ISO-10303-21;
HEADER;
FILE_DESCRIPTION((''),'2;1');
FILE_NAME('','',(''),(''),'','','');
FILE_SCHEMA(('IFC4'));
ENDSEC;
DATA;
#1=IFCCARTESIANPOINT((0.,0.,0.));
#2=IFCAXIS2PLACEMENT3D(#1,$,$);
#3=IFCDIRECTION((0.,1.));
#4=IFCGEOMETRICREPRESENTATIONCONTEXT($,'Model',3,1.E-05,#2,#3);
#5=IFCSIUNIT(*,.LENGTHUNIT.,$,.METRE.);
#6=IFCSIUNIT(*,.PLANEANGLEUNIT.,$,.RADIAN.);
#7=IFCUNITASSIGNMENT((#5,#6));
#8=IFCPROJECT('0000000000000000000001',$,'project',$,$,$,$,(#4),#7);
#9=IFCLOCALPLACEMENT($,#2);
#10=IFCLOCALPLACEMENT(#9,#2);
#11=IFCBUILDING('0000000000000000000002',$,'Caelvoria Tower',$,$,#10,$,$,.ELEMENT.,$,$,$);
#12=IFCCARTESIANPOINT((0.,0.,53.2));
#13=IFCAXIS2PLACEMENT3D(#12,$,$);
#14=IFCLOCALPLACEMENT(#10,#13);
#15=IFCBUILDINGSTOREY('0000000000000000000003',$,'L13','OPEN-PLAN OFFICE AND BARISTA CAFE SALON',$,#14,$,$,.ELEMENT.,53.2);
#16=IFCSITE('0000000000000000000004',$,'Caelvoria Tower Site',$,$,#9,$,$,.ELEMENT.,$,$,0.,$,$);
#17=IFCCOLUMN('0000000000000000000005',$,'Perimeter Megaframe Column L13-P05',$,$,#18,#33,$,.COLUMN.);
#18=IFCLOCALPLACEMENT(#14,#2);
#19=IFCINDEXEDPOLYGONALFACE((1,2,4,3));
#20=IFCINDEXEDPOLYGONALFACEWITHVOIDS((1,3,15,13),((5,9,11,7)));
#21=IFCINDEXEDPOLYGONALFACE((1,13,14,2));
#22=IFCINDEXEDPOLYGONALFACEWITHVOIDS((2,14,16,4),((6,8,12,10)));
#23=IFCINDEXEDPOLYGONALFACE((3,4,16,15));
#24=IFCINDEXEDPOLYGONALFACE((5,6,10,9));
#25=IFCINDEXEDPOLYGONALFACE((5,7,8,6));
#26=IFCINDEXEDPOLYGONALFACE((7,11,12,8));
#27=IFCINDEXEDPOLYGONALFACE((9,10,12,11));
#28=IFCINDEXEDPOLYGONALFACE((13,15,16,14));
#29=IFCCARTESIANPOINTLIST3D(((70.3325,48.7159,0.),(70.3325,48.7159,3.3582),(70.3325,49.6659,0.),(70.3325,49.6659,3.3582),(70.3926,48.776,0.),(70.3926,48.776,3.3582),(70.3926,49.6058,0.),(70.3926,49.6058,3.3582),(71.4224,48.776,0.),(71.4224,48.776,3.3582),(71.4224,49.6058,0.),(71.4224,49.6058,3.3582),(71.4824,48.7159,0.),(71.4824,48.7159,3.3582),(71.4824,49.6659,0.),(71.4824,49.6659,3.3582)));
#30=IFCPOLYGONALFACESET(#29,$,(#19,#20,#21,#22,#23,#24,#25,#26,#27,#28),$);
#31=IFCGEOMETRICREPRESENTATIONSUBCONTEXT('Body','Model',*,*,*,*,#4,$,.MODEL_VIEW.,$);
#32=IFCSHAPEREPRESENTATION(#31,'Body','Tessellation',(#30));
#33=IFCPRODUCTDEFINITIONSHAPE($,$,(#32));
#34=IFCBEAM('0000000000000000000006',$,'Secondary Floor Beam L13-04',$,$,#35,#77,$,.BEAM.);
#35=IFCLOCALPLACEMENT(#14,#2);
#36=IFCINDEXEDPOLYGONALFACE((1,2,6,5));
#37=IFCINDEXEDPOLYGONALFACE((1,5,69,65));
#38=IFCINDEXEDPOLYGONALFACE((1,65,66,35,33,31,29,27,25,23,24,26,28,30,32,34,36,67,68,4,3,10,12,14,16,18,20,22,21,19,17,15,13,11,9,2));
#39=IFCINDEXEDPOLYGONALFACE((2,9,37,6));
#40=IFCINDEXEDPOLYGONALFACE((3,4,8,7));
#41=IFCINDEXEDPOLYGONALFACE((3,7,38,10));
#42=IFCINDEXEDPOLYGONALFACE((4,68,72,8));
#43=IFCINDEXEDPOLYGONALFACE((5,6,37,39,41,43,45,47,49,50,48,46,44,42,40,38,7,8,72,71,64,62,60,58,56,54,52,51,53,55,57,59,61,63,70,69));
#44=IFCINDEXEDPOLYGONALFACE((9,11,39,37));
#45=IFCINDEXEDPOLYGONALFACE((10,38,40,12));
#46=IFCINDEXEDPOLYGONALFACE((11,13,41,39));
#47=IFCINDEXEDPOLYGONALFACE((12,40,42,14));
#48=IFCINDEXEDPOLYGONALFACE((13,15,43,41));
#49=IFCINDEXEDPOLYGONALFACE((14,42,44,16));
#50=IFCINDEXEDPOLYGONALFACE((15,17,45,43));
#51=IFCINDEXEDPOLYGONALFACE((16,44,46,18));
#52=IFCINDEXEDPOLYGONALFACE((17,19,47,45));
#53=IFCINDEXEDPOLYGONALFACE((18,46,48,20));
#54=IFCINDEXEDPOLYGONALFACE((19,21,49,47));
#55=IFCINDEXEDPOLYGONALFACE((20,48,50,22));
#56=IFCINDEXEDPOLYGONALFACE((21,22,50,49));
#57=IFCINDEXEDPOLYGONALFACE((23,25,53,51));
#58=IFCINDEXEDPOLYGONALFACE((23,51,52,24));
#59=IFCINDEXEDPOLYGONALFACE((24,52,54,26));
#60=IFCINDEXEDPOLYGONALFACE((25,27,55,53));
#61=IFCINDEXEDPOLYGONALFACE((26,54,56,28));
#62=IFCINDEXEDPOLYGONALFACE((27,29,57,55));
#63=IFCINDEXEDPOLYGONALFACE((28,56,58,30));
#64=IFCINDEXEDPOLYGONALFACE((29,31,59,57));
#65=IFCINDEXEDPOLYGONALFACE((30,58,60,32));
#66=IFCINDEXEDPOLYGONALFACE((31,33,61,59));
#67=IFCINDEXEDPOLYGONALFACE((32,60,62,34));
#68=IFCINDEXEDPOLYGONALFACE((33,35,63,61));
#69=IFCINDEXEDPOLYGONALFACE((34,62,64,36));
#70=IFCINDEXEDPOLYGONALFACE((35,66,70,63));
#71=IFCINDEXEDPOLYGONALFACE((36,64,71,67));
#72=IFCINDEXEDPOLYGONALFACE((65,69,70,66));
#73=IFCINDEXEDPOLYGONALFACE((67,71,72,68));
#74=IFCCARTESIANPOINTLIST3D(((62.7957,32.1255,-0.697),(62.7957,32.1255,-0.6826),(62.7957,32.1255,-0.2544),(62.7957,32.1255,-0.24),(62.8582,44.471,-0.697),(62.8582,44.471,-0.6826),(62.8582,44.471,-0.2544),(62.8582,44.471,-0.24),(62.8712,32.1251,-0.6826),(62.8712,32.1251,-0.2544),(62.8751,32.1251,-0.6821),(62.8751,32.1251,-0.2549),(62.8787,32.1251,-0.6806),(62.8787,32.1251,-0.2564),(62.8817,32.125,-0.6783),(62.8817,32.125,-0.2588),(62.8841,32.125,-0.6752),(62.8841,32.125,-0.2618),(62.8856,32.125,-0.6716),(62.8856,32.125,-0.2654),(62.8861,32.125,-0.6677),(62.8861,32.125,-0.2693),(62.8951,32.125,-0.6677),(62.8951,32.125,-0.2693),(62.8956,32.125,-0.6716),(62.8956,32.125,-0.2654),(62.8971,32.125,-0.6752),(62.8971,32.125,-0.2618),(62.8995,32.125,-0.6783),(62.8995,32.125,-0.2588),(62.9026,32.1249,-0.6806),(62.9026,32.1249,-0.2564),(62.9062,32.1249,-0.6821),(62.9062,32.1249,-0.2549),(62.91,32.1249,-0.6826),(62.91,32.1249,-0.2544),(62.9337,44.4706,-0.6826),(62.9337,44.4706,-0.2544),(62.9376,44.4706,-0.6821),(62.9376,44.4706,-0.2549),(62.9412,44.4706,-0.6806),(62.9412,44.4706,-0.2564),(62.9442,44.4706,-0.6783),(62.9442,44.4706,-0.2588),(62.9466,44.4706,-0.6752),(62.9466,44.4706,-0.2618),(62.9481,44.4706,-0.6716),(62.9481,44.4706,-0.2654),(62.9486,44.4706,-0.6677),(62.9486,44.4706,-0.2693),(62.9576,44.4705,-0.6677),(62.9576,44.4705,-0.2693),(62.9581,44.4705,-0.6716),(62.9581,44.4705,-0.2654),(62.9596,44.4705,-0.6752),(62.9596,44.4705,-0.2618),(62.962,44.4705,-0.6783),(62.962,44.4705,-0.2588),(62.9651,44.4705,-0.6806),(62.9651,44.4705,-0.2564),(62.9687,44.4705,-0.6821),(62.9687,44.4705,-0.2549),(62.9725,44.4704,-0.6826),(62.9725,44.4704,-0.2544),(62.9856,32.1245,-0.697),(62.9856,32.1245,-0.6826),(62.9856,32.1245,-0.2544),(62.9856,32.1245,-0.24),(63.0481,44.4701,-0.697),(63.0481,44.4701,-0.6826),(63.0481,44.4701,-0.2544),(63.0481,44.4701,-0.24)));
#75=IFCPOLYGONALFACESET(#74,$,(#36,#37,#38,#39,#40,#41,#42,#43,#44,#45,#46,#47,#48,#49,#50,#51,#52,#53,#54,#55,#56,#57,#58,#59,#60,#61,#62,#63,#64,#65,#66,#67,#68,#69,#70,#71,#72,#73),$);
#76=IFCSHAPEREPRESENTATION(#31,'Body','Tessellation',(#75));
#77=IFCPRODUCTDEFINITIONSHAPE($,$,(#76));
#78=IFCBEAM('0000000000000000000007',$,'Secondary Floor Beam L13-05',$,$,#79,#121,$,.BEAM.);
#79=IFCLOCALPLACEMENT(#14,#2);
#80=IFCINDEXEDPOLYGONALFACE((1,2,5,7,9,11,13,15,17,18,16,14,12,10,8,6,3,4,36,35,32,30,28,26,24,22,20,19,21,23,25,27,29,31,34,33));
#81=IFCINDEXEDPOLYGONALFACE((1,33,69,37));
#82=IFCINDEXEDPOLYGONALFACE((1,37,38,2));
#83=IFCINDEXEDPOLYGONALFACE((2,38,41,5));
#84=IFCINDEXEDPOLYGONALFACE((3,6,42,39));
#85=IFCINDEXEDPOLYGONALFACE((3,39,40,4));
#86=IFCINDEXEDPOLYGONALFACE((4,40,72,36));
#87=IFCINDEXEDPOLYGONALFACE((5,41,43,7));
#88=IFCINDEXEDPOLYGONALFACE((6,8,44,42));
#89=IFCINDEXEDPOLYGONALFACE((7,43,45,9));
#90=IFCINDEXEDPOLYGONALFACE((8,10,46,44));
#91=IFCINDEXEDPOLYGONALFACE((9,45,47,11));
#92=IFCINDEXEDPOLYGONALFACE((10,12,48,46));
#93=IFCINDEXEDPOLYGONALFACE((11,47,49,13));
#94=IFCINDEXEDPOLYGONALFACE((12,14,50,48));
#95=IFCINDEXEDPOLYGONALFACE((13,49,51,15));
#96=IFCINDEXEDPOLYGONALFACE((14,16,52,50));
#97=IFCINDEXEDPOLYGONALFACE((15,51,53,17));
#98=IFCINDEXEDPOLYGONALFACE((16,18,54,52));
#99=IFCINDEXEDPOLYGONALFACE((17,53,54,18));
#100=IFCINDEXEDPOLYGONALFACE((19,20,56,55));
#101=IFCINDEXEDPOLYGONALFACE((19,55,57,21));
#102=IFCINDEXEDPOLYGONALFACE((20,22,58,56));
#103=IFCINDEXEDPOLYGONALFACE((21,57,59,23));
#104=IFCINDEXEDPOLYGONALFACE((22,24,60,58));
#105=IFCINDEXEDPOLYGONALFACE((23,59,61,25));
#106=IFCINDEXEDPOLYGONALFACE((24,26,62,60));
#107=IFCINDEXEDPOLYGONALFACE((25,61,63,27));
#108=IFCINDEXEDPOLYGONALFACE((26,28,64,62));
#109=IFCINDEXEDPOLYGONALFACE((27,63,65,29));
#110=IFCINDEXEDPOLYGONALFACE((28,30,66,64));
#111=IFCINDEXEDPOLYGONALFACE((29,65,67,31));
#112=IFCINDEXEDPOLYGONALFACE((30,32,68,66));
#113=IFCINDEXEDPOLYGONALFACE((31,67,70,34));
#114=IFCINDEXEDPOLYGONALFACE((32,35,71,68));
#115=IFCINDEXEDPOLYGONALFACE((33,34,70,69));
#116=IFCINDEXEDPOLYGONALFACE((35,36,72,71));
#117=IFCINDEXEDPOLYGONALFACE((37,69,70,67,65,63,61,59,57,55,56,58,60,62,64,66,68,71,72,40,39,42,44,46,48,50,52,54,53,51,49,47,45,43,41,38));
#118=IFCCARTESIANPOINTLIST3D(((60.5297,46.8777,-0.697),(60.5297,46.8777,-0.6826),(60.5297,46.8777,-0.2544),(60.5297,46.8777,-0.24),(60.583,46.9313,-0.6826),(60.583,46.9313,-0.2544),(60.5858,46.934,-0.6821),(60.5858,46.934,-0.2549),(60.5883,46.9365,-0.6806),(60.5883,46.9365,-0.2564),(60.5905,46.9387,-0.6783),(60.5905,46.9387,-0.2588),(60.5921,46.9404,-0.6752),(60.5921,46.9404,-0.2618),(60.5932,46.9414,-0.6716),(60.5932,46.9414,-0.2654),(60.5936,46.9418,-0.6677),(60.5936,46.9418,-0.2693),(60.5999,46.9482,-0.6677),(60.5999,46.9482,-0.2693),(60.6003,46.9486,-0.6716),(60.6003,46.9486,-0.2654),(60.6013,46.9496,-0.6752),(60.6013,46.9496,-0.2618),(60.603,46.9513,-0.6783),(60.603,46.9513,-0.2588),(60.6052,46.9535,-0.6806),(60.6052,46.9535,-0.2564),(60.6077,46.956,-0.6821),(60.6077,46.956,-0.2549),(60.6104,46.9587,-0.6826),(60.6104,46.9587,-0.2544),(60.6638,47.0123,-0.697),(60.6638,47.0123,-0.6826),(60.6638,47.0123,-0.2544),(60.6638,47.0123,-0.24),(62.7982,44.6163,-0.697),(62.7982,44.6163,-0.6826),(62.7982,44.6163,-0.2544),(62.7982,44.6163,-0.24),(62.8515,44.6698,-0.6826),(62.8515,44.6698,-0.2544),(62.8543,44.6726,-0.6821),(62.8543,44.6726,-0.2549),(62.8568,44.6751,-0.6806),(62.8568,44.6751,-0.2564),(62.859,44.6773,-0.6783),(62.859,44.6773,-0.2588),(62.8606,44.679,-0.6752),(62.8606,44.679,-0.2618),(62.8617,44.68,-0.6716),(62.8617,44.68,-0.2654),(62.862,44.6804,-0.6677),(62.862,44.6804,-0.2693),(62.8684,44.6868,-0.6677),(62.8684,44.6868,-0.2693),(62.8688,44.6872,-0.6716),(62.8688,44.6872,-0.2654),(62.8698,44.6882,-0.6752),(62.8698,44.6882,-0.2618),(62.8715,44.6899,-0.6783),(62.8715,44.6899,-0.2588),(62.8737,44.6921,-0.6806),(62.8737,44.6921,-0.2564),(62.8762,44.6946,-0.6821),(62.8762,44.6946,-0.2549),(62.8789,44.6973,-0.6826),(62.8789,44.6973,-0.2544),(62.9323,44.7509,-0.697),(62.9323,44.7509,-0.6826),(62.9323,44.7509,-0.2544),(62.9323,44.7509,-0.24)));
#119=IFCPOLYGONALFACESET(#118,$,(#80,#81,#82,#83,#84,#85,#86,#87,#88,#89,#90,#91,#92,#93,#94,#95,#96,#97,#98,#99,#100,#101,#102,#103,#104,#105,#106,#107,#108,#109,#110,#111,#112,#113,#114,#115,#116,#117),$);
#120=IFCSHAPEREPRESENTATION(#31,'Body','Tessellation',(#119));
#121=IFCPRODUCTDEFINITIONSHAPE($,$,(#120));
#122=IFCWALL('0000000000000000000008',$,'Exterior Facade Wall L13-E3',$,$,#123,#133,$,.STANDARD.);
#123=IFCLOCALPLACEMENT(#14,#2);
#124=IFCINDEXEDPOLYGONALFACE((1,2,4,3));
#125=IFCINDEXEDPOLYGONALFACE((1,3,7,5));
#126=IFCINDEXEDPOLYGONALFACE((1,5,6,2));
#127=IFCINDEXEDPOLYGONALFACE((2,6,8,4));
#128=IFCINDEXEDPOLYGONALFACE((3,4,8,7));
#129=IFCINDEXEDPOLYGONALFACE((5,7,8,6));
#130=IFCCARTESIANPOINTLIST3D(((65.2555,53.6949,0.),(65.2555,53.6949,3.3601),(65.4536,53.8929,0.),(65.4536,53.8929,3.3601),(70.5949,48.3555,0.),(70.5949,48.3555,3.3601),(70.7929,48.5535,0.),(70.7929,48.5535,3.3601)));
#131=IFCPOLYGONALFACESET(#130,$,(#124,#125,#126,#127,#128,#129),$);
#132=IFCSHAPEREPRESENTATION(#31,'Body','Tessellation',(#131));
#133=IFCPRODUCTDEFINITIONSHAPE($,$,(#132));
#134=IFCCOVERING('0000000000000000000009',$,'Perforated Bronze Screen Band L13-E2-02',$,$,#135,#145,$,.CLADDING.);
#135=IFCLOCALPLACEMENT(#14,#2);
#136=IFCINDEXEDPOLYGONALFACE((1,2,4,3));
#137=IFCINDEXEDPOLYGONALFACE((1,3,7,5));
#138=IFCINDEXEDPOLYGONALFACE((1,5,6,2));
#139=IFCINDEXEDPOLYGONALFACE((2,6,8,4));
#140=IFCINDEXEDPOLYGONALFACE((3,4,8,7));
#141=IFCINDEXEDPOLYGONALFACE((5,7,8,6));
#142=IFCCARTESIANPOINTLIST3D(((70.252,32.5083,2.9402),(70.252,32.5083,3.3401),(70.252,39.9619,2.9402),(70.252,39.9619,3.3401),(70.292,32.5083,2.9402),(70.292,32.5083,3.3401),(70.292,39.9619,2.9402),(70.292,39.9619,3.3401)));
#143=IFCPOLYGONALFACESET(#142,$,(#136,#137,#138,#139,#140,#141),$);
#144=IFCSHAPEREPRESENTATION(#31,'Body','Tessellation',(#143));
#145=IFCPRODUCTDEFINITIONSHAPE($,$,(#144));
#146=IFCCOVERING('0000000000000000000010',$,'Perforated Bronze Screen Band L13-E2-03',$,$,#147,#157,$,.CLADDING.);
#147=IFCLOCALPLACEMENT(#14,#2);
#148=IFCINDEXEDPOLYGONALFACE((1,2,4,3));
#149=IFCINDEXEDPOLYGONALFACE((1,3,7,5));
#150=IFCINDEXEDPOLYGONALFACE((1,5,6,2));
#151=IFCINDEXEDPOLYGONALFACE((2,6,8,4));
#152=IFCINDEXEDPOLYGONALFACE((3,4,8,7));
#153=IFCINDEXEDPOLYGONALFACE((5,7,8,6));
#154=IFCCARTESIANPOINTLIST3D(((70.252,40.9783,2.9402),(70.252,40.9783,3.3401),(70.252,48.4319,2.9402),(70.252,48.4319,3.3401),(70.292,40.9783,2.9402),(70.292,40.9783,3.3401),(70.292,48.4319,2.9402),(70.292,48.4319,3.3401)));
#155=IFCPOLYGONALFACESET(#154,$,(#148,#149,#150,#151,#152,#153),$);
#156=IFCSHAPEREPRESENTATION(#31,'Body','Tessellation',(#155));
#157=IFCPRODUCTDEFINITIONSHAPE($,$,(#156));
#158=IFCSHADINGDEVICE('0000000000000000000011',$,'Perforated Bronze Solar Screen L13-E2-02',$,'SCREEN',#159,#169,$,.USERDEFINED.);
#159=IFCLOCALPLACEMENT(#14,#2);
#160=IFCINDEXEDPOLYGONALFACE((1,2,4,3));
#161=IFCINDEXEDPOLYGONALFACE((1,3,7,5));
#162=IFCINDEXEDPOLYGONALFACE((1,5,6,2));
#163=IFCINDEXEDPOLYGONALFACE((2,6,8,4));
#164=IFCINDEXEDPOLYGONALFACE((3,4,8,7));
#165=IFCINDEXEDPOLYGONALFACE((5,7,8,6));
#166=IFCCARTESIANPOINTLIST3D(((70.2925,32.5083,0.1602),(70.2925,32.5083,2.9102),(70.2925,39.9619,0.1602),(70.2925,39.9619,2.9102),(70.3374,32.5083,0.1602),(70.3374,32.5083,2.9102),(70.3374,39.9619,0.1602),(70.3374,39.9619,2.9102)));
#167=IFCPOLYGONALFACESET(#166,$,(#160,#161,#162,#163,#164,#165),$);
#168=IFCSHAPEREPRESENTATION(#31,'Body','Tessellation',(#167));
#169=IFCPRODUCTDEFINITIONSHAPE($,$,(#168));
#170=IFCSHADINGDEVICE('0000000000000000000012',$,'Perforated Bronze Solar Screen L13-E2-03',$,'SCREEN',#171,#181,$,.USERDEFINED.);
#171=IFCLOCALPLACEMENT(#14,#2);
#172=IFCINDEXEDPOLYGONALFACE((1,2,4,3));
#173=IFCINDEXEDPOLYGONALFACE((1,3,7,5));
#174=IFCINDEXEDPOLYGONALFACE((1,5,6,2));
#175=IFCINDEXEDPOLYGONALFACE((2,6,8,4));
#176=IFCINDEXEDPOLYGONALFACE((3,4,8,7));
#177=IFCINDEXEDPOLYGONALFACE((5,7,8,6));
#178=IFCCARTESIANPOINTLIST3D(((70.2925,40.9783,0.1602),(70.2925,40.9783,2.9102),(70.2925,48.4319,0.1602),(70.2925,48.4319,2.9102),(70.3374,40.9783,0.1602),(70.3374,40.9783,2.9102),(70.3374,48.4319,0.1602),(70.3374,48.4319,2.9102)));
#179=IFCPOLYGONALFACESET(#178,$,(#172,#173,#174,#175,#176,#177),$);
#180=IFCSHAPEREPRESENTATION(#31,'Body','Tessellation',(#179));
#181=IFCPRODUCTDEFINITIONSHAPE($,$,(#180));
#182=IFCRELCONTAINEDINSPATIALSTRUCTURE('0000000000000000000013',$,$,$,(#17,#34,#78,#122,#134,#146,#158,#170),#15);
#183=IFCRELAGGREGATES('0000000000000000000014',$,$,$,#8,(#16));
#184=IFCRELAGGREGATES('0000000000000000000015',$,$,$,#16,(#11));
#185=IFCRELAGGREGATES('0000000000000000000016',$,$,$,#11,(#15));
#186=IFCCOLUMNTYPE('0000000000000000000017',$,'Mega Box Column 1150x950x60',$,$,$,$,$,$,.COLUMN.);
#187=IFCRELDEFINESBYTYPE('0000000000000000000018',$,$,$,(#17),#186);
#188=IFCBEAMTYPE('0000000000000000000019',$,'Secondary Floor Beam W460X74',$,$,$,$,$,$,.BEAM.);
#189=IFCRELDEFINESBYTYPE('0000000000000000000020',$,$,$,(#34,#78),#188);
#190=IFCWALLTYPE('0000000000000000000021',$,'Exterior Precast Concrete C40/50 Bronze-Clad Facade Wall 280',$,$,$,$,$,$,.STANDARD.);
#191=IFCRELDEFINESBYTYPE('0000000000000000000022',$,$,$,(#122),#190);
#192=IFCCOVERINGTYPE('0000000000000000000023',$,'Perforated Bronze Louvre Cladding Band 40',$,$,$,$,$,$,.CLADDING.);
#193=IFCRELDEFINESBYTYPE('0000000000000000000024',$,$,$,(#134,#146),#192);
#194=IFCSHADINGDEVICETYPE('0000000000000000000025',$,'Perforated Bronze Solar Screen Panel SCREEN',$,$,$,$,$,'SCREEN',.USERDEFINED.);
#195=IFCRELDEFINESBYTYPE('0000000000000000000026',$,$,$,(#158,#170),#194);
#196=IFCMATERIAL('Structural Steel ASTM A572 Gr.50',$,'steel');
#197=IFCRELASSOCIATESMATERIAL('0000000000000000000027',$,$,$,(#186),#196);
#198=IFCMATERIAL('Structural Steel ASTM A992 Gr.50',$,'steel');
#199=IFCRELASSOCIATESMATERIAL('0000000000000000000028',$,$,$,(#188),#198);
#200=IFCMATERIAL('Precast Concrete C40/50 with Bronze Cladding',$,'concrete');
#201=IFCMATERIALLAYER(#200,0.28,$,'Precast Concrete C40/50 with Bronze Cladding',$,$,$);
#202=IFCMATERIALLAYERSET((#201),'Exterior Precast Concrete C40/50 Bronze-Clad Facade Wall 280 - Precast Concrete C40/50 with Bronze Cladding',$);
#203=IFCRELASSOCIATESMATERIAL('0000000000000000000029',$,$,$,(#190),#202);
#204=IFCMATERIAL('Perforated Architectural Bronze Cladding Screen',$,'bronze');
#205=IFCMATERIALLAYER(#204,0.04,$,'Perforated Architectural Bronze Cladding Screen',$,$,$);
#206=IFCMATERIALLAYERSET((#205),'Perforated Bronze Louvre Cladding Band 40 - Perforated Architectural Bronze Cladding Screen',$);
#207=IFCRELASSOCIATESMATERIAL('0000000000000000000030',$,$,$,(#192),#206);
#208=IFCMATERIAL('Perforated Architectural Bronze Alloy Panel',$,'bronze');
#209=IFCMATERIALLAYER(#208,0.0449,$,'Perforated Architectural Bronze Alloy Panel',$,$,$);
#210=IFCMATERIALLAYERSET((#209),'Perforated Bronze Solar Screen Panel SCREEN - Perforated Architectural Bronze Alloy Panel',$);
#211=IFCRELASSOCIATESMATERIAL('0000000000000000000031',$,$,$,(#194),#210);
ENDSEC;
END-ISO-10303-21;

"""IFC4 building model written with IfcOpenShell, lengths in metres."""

from ifc_helpers import new_model, si_unit, direction, frame, frame_2d, origin, origin_2d, place, context, subcontext, project, spatial, rectangle, hollow_rectangle, i_section, extrude, material, layer, layer_set, material_profile, profile_set, type_object, element, save


model = new_model("IFC4")

# Units and contexts
model_context = context("Model", 3, precision=1e-05, world=origin(), true_north=direction((0.0, 1.0)))
body_context = subcontext(model_context, "Body", "Model", "MODEL_VIEW")
ifc_project = project(units=[si_unit("LENGTHUNIT", "METRE"), si_unit("PLANEANGLEUNIT", "RADIAN")], contexts=[model_context])

# Site, building, storey
site_placement = place(None, origin())
site = spatial("IfcSite", under=ifc_project, at=site_placement, Name="Caelvoria Tower Site", CompositionType="ELEMENT", RefElevation=0.0)
building_placement = place(site_placement, origin())
building = spatial("IfcBuilding", under=site, at=building_placement, Name="Caelvoria Tower", CompositionType="ELEMENT")
storey_placement = place(building_placement, frame((0.0, 0.0, 53.2)))
storey = spatial("IfcBuildingStorey", under=building, at=storey_placement, Name="L13", Description="OPEN-PLAN OFFICE AND BARISTA CAFE SALON", CompositionType="ELEMENT", Elevation=53.2)

# Column
ifc_material_1 = material(Name="Structural Steel ASTM A572 Gr.50", Category="steel")
ifc_material_profile_1 = material_profile(ifc_material_1, hollow_rectangle(XDim=0.95, YDim=1.1499, WallThickness=0.0601, at=origin_2d()), Name="Structural Steel ASTM A572 Gr.50")
ifc_profile_set_1 = profile_set([ifc_material_profile_1], Name="BOX1150X950X60 - Structural Steel ASTM A572 Gr.50")
column_type = type_object("IfcColumnType", Name="Mega Box Column 1150x950x60", PredefinedType="COLUMN", material=ifc_profile_set_1)
column_placement = place(storey_placement, frame((70.9075, 49.1909, 0.0), z_axis=(0.0, 0.0, 1.0), x_axis=(0.0, 1.0, 0.0)))
element("IfcColumn", 1, at=column_placement, inside=storey, type_object=column_type, Name="Perimeter Megaframe Column L13-P05", PredefinedType="COLUMN", context=body_context, shape_type="SweptSolid", body=[
    extrude(hollow_rectangle(XDim=0.95, YDim=1.1499, WallThickness=0.0601, at=origin_2d()), origin(), (0.0, 0.0, 1.0), 3.3582),
])

# Beams
ifc_material_2 = material(Name="Structural Steel ASTM A992 Gr.50", Category="steel")
ifc_material_profile_2 = material_profile(ifc_material_2, i_section(OverallWidth=0.1899, OverallDepth=0.457, WebThickness=0.009, FlangeThickness=0.0144, FilletRadius=0.0149, at=origin_2d()), Name="Structural Steel ASTM A992 Gr.50")
ifc_profile_set_2 = profile_set([ifc_material_profile_2], Name="W460X74 - Structural Steel ASTM A992 Gr.50")
beam_type = type_object("IfcBeamType", Name="Secondary Floor Beam W460X74", PredefinedType="BEAM", material=ifc_profile_set_2)
beam_1_placement = place(storey_placement, frame((62.8906, 32.125, -0.4685), z_axis=(0.005063, 0.999987, 0.0), x_axis=(-0.999987, 0.005063, 0.0)))
element("IfcBeam", 2, at=beam_1_placement, inside=storey, type_object=beam_type, Name="Secondary Floor Beam L13-04", PredefinedType="BEAM", context=body_context, shape_type="SweptSolid", body=[
    extrude(i_section(OverallWidth=0.1899, OverallDepth=0.457, WebThickness=0.009, FlangeThickness=0.0144, FilletRadius=0.0149, at=origin_2d()), origin(), (0.0, 0.0, 1.0), 12.3457),
])
beam_2_placement = place(storey_placement, frame((62.8652, 44.6836, -0.4685), z_axis=(-0.708211, 0.706001, 0.0), x_axis=(-0.706001, -0.708211, 0.0)))
element("IfcBeam", 3, at=beam_2_placement, inside=storey, type_object=beam_type, Name="Secondary Floor Beam L13-05", PredefinedType="BEAM", context=body_context, shape_type="SweptSolid", body=[
    extrude(i_section(OverallWidth=0.1899, OverallDepth=0.457, WebThickness=0.009, FlangeThickness=0.0144, FilletRadius=0.0149, at=origin_2d()), origin(), (0.0, 0.0, 1.0), 3.2031),
])

# Wall
ifc_material_3 = material(Name="Precast Concrete C40/50 with Bronze Cladding", Category="concrete")
ifc_layer_1 = layer(ifc_material_3, 0.28, Name="Precast Concrete C40/50 with Bronze Cladding")
ifc_layer_set_1 = layer_set([ifc_layer_1], Name="Exterior Precast Concrete C40/50 Bronze-Clad Facade Wall 280 - Precast Concrete C40/50 with Bronze Cladding")
wall_type = type_object("IfcWallType", Name="Exterior Precast Concrete C40/50 Bronze-Clad Facade Wall 280", PredefinedType="STANDARD", material=ifc_layer_set_1)
wall_placement = place(storey_placement, frame((70.6938, 48.4546, 0.0), z_axis=(0.0, 0.0, 1.0), x_axis=(-0.707107, 0.707107, 0.0)))
element("IfcWall", 4, at=wall_placement, inside=storey, type_object=wall_type, Name="Exterior Facade Wall L13-E3", PredefinedType="STANDARD", context=body_context, shape_type="SweptSolid", body=[
    extrude(rectangle(XDim=7.551, YDim=0.28, at=frame_2d((3.7754, 0.0))), origin(), (0.0, 0.0, 1.0), 3.3601),
])

# Coverings
ifc_material_4 = material(Name="Perforated Architectural Bronze Cladding Screen", Category="bronze")
ifc_layer_2 = layer(ifc_material_4, 0.04, Name="Perforated Architectural Bronze Cladding Screen")
ifc_layer_set_2 = layer_set([ifc_layer_2], Name="Perforated Bronze Louvre Cladding Band 40 - Perforated Architectural Bronze Cladding Screen")
covering_type = type_object("IfcCoveringType", Name="Perforated Bronze Louvre Cladding Band 40", PredefinedType="CLADDING", material=ifc_layer_set_2)
for number, where, z_axis, x_axis, name in (
    (5, (70.272, 36.2351, 2.9402), (0.0, 0.0, 1.0), (0.0, 1.0, 0.0), "Perforated Bronze Screen Band L13-E2-02"),
    (6, (70.272, 44.7051, 2.9402), (0.0, 0.0, 1.0), (0.0, 1.0, 0.0), "Perforated Bronze Screen Band L13-E2-03"),
):
    element("IfcCovering", number, at=place(storey_placement, frame(where, z_axis=z_axis, x_axis=x_axis)), inside=storey, type_object=covering_type, Name=name, PredefinedType="CLADDING", context=body_context, shape_type="SweptSolid", body=[
        extrude(rectangle(XDim=7.4536, YDim=0.04, at=origin_2d()), origin(), (0.0, 0.0, 1.0), 0.3999),
    ])

# Shading devices
ifc_material_5 = material(Name="Perforated Architectural Bronze Alloy Panel", Category="bronze")
ifc_layer_3 = layer(ifc_material_5, 0.0449, Name="Perforated Architectural Bronze Alloy Panel")
ifc_layer_set_3 = layer_set([ifc_layer_3], Name="Perforated Bronze Solar Screen Panel SCREEN - Perforated Architectural Bronze Alloy Panel")
shading_device_type = type_object("IfcShadingDeviceType", Name="Perforated Bronze Solar Screen Panel SCREEN", ElementType="SCREEN", PredefinedType="USERDEFINED", material=ifc_layer_set_3)
for number, where, z_axis, x_axis, name in (
    (7, (70.3149, 36.2351, 0.1602), (0.0, 0.0, 1.0), (0.0, 1.0, 0.0), "Perforated Bronze Solar Screen L13-E2-02"),
    (8, (70.3149, 44.7051, 0.1602), (0.0, 0.0, 1.0), (0.0, 1.0, 0.0), "Perforated Bronze Solar Screen L13-E2-03"),
):
    element("IfcShadingDevice", number, at=place(storey_placement, frame(where, z_axis=z_axis, x_axis=x_axis)), inside=storey, type_object=shading_device_type, Name=name, ObjectType="SCREEN", PredefinedType="USERDEFINED", context=body_context, shape_type="SweptSolid", body=[
        extrude(rectangle(XDim=7.4536, YDim=0.0449, at=origin_2d()), origin(), (0.0, 0.0, 1.0), 2.75),
    ])

save(model, "model.ifc")
